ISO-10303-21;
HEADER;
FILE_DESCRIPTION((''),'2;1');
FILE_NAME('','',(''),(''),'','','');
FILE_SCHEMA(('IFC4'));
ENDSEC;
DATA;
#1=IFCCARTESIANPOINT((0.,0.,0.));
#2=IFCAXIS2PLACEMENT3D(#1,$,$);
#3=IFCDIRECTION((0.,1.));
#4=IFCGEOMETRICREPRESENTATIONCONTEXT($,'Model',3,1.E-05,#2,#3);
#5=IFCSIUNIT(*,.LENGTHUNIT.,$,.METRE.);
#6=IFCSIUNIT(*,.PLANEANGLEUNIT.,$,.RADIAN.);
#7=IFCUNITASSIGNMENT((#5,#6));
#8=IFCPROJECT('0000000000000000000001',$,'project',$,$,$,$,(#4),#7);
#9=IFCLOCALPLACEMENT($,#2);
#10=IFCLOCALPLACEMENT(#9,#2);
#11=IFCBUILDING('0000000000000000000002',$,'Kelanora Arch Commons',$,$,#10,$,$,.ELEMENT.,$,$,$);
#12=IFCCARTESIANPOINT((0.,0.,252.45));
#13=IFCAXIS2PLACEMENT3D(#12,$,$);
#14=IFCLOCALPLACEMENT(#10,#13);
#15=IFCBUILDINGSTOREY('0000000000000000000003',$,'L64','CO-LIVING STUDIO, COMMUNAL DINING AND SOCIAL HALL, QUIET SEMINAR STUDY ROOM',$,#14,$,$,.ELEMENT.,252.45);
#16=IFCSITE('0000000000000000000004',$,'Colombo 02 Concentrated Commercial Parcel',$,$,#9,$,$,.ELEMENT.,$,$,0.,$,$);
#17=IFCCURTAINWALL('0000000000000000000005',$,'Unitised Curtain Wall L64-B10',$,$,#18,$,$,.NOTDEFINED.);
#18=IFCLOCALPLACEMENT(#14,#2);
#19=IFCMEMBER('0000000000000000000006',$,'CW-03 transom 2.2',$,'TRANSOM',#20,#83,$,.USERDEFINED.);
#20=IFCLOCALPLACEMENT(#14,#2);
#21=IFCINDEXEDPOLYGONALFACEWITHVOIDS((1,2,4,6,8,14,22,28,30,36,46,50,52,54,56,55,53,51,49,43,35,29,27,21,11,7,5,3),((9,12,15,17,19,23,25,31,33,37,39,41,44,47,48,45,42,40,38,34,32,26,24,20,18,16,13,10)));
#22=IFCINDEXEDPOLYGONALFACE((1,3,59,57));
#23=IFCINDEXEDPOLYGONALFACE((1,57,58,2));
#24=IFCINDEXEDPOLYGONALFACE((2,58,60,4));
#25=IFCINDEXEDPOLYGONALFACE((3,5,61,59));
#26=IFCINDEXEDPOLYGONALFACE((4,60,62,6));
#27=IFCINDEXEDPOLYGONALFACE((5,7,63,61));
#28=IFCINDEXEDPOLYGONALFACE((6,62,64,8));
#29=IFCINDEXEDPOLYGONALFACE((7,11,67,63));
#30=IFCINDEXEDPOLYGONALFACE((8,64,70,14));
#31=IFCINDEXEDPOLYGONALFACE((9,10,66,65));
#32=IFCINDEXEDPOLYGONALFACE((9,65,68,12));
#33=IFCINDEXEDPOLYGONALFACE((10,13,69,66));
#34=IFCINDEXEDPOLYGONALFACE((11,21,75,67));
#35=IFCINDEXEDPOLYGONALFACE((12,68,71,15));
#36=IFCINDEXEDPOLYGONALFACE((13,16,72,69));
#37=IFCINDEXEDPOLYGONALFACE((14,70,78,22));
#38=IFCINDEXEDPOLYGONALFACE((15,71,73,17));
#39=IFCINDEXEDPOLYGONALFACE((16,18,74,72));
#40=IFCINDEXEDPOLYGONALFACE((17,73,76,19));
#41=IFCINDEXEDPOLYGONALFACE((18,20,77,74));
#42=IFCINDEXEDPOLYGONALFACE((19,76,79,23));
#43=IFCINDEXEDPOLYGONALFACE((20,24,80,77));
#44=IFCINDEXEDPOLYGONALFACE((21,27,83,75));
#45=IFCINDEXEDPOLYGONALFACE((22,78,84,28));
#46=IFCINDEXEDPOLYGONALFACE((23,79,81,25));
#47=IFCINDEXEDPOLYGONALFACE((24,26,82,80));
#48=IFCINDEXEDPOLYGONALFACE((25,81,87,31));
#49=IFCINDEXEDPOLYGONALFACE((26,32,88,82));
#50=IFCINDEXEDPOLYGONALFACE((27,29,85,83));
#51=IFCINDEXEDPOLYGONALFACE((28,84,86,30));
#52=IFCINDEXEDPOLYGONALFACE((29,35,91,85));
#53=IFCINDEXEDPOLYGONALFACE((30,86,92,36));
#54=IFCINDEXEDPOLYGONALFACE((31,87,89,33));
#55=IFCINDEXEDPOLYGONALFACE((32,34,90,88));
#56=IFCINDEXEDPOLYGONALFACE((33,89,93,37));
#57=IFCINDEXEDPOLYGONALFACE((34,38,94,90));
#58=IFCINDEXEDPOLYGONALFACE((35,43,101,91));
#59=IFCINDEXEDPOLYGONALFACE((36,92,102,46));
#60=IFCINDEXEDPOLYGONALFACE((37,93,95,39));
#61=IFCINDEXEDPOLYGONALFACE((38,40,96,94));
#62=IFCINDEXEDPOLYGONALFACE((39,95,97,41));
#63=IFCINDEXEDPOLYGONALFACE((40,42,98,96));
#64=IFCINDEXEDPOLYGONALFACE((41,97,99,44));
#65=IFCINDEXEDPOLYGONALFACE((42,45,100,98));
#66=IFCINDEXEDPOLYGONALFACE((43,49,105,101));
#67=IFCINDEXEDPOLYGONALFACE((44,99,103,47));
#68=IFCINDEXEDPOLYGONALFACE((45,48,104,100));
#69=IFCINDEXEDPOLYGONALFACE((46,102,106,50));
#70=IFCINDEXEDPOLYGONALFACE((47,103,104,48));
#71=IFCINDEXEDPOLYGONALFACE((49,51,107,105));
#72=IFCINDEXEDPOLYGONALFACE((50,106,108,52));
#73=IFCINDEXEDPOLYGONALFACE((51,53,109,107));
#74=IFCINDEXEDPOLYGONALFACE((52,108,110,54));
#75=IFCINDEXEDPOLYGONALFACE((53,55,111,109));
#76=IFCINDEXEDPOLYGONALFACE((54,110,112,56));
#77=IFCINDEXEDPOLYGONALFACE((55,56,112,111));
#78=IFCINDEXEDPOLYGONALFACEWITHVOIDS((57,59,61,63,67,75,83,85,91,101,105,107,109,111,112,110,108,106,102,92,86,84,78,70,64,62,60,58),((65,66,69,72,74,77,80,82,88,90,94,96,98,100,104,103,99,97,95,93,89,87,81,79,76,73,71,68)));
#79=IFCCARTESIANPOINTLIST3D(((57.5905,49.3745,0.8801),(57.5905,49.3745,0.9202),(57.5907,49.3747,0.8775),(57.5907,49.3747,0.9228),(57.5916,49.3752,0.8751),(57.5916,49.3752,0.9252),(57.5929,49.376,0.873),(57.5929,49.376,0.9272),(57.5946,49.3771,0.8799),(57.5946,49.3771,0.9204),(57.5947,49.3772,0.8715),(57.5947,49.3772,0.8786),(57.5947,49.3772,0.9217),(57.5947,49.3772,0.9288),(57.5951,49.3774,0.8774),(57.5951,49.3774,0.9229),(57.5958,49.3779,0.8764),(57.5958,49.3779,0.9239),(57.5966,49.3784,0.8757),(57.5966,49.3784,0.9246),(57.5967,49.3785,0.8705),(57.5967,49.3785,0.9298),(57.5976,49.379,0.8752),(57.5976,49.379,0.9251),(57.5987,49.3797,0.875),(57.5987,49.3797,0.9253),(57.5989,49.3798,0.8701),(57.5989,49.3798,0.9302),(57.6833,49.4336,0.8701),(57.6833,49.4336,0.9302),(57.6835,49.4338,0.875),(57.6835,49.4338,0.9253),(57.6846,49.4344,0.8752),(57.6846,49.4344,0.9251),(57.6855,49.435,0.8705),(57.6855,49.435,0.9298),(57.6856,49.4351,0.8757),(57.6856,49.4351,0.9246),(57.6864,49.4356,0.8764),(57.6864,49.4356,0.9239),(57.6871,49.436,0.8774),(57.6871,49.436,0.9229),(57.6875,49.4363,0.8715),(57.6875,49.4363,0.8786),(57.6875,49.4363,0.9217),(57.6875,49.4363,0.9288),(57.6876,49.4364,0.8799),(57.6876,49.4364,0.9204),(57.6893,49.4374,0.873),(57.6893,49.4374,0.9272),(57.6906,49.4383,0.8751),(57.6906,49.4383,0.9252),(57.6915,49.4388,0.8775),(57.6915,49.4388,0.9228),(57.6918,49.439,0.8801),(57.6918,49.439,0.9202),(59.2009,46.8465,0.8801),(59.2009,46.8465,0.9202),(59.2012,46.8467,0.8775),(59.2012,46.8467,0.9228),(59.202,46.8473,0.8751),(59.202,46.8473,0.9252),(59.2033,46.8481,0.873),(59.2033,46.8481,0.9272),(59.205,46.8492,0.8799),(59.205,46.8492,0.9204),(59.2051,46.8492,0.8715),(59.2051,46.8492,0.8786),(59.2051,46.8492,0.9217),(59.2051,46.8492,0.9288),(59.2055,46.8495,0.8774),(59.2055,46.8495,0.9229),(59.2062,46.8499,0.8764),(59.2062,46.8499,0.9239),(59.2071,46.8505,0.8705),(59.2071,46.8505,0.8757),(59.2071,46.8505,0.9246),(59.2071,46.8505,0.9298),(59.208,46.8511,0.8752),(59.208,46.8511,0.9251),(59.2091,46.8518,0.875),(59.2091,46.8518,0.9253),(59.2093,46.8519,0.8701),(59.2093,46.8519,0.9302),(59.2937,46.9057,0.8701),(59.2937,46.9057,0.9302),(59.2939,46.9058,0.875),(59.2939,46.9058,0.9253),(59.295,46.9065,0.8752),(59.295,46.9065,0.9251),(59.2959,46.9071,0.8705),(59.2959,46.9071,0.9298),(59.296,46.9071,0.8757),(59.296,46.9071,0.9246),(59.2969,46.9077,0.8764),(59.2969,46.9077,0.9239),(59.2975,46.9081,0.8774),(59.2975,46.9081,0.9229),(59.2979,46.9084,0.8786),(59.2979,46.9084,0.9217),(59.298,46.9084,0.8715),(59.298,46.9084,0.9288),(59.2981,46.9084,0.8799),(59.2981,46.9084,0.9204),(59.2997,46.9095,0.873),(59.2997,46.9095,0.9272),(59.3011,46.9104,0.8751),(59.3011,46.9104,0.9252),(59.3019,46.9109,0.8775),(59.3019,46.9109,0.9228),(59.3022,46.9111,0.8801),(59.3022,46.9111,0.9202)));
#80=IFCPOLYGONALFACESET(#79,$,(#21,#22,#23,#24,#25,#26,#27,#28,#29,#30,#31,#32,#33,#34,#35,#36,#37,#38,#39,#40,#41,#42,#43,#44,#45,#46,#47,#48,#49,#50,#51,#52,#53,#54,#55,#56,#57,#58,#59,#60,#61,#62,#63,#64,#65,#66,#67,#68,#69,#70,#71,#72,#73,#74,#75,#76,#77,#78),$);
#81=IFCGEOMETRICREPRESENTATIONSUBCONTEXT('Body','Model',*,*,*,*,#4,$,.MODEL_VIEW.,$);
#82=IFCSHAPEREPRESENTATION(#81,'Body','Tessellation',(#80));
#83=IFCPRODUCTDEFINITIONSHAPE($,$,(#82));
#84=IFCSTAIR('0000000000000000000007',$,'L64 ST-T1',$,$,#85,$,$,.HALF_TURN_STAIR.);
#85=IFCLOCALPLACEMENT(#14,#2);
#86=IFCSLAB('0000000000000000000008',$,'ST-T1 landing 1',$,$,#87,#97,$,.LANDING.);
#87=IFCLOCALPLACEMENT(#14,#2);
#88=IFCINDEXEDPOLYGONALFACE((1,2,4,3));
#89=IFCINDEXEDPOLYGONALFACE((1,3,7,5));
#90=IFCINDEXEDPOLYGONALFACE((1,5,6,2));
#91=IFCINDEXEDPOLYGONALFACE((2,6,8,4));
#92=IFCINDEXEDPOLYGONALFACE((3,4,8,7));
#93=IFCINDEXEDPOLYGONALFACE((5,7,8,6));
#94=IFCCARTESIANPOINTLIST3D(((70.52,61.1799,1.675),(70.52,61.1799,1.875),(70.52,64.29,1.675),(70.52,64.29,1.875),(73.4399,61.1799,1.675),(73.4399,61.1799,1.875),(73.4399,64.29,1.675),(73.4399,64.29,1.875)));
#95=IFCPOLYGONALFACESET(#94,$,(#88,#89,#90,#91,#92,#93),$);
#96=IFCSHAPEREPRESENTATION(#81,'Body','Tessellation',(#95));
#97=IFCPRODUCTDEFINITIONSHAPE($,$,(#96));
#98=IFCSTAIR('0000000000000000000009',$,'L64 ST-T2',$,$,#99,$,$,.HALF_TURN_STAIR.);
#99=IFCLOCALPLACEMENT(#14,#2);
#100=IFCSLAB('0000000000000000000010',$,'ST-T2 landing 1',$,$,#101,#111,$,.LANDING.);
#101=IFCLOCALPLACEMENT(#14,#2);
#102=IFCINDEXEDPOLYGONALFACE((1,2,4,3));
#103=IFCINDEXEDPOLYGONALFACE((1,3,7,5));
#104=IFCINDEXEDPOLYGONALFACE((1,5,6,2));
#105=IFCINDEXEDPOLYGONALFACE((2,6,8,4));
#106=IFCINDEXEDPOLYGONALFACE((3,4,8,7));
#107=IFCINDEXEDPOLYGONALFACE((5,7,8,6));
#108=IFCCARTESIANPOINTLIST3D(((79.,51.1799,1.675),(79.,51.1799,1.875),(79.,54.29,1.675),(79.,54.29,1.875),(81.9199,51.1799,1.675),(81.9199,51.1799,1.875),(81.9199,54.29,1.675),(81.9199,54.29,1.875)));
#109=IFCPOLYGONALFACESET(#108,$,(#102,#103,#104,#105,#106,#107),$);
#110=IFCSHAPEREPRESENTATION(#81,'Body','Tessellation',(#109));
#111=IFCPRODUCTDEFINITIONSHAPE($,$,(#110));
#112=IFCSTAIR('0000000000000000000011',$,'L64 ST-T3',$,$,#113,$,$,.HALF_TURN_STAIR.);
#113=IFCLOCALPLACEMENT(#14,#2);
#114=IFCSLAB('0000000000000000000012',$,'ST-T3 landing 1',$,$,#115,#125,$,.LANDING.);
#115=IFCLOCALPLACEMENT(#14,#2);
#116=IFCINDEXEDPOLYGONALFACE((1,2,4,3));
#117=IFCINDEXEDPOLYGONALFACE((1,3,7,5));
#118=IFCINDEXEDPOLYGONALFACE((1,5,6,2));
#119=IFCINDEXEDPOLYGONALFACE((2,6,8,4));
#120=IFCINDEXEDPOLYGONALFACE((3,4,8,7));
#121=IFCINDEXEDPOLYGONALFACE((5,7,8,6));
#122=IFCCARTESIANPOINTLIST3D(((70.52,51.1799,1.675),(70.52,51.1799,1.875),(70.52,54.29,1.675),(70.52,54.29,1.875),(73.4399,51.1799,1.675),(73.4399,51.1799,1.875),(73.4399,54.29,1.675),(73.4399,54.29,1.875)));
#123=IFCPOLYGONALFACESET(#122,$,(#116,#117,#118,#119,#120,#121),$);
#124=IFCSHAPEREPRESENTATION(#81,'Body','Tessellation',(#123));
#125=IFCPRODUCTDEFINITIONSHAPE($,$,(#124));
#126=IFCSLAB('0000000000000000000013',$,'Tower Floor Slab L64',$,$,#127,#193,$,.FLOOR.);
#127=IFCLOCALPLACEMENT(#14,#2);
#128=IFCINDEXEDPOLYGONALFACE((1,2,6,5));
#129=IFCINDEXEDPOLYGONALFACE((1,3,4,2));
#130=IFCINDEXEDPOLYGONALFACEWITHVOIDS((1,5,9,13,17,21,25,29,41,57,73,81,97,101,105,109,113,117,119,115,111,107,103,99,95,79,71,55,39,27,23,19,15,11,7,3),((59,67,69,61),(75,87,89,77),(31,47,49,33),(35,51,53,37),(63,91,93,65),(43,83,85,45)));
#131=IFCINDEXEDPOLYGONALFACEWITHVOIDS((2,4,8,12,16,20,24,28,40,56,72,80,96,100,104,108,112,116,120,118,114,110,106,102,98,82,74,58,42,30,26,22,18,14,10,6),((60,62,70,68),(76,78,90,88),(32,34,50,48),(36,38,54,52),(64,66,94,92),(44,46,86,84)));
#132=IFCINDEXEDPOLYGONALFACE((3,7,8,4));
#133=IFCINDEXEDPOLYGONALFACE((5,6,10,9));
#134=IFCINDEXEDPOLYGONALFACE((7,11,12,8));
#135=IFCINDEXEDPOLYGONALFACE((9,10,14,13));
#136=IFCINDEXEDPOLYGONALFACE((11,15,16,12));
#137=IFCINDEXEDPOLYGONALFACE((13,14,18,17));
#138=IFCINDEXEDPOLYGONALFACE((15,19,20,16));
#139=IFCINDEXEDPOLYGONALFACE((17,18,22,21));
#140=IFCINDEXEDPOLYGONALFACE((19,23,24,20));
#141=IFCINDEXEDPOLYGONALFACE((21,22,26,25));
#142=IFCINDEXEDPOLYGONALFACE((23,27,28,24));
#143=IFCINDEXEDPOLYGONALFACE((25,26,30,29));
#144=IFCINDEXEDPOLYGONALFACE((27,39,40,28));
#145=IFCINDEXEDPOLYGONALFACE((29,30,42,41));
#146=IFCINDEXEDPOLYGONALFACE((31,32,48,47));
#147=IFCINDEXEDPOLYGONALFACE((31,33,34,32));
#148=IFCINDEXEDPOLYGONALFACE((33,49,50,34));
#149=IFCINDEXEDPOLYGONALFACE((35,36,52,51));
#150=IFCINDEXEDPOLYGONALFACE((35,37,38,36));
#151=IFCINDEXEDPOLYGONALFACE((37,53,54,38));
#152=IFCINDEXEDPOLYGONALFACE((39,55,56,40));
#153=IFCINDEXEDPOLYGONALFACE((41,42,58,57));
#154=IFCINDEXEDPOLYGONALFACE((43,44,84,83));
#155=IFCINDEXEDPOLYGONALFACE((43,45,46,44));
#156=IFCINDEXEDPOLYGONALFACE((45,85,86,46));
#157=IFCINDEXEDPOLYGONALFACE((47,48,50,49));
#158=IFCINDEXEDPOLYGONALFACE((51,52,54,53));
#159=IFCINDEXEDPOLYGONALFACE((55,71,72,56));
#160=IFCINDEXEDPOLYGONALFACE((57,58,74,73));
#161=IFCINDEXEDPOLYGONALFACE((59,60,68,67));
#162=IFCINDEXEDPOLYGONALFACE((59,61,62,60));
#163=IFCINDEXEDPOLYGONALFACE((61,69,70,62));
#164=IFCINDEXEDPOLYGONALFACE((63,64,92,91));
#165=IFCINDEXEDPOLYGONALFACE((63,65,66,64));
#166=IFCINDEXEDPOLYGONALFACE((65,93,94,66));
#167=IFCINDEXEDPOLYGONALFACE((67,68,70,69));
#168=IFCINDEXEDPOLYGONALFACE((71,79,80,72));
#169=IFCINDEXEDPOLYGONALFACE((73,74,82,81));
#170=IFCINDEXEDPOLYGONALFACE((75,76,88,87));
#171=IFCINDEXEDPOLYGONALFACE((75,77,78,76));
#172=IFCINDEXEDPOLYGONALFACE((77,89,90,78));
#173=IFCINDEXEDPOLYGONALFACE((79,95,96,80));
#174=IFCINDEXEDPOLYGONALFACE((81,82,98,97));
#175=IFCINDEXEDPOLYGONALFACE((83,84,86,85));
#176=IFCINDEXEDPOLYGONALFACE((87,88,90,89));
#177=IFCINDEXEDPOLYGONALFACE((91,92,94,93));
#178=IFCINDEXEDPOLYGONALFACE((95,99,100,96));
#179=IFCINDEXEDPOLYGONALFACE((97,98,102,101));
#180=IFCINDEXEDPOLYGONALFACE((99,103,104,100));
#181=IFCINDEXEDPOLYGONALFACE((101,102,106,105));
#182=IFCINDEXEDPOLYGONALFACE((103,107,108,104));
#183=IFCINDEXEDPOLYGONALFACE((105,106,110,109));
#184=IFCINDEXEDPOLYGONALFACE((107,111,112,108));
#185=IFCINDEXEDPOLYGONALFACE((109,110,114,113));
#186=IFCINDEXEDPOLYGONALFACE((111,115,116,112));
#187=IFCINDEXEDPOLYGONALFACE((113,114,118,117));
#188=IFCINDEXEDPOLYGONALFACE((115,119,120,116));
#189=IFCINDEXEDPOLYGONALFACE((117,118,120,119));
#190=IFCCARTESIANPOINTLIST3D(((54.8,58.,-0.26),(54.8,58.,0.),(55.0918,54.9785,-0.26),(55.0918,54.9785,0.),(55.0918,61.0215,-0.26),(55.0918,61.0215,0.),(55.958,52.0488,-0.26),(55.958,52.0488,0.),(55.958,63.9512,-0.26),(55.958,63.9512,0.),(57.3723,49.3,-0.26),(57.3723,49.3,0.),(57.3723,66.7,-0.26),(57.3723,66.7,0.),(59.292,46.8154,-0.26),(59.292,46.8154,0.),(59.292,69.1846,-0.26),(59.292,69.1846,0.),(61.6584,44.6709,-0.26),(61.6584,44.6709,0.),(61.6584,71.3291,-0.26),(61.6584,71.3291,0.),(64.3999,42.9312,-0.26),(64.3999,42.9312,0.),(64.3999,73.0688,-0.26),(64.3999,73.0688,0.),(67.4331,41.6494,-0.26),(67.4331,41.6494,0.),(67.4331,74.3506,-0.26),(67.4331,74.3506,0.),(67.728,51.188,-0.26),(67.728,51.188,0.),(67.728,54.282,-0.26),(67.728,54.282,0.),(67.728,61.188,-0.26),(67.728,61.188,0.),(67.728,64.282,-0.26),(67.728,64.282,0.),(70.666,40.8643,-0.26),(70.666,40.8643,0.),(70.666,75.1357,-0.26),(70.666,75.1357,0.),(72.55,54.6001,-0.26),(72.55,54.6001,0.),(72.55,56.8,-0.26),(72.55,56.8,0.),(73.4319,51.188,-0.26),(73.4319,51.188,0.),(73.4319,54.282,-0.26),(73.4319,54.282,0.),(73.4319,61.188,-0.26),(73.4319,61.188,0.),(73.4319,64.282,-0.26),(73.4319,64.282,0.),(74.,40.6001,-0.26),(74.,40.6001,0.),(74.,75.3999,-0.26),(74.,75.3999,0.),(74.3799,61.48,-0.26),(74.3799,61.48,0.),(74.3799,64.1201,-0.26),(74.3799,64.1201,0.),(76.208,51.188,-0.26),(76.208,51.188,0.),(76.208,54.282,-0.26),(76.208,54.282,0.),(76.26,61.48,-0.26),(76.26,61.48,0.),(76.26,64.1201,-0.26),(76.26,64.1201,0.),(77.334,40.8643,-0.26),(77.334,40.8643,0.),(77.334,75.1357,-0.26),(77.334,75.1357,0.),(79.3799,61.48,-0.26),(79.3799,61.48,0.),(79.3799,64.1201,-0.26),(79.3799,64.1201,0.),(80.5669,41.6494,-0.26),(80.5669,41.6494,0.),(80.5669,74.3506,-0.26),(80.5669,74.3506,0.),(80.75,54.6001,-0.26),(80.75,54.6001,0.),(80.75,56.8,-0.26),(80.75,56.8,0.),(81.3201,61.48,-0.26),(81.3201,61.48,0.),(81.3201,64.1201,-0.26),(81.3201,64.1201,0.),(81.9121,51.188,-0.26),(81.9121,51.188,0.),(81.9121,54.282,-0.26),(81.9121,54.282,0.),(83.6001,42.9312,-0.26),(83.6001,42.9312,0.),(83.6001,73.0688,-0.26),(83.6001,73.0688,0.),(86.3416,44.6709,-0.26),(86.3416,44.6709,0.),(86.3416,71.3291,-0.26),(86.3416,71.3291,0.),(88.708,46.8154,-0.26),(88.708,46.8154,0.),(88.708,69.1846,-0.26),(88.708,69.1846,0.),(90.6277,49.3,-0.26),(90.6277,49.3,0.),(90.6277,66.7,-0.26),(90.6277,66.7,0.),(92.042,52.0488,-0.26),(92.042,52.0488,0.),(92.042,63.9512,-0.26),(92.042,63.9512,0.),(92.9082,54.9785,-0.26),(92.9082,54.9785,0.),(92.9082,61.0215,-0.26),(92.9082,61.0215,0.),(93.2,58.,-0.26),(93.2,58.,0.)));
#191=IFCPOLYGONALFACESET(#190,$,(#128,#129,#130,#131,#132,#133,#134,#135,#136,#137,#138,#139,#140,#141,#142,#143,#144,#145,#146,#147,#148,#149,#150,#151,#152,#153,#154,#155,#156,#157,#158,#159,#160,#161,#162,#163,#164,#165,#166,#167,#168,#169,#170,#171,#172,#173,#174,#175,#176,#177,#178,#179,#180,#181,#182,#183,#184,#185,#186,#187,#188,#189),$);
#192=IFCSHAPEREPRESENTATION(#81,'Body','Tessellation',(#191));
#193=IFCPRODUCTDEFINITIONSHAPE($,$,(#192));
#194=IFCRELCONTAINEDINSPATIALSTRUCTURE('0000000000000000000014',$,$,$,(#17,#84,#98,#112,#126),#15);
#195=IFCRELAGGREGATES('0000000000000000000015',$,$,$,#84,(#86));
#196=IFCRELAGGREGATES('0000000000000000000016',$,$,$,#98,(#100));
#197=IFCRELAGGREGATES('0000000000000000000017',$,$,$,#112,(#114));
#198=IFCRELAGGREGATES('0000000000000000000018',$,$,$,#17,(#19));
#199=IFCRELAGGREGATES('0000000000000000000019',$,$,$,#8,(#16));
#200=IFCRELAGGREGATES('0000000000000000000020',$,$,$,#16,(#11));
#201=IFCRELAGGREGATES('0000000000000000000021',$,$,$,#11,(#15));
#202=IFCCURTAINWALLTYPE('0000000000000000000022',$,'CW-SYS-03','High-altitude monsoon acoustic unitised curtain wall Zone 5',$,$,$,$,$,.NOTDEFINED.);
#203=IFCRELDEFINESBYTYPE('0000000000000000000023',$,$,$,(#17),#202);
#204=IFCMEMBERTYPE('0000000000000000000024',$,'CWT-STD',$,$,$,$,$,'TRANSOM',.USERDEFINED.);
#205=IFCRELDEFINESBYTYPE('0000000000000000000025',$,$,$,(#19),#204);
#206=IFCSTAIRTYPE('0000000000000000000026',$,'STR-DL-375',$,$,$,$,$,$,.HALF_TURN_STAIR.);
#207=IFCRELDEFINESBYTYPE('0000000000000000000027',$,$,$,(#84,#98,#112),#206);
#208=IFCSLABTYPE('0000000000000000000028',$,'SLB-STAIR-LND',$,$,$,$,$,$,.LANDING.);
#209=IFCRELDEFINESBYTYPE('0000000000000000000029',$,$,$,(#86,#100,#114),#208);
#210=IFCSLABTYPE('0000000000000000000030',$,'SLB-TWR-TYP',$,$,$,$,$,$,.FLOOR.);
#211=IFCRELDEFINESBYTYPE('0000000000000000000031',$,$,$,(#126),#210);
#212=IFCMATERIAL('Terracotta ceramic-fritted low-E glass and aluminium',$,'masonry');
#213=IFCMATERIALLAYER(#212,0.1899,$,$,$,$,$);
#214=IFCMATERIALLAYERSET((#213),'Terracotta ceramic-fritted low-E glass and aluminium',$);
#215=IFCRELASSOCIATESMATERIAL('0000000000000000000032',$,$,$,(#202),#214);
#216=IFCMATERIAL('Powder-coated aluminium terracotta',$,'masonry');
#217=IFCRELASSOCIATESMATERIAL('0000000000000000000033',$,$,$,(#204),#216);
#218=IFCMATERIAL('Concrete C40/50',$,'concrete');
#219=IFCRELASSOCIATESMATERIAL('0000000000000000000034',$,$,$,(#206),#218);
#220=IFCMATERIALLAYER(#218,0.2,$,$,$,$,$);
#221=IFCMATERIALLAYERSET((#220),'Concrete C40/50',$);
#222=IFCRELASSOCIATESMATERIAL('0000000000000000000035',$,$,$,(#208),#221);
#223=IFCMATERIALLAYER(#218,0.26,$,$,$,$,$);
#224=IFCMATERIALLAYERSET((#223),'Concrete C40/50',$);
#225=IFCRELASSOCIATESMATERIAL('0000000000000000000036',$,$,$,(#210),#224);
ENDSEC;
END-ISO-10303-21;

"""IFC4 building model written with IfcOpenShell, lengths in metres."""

from ifc_helpers import new_model, si_unit, direction, frame, origin, origin_2d, place, context, subcontext, project, spatial, polyline, hollow_rectangle, outline, extrude, material, layer, layer_set, material_profile, profile_set, type_object, element, aggregate, save


model = new_model("IFC4")

# Units and contexts
model_context = context("Model", 3, precision=1e-05, world=origin(), true_north=direction((0.0, 1.0)))
body_context = subcontext(model_context, "Body", "Model", "MODEL_VIEW")
ifc_project = project(units=[si_unit("LENGTHUNIT", "METRE"), si_unit("PLANEANGLEUNIT", "RADIAN")], contexts=[model_context])

# Site, building, storey
site_placement = place(None, origin())
site = spatial("IfcSite", under=ifc_project, at=site_placement, Name="Colombo 02 Concentrated Commercial Parcel", CompositionType="ELEMENT", RefElevation=0.0)
building_placement = place(site_placement, origin())
building = spatial("IfcBuilding", under=site, at=building_placement, Name="Kelanora Arch Commons", CompositionType="ELEMENT")
storey_placement = place(building_placement, frame((0.0, 0.0, 252.45)))
storey = spatial("IfcBuildingStorey", under=building, at=storey_placement, Name="L64", Description="CO-LIVING STUDIO, COMMUNAL DINING AND SOCIAL HALL, QUIET SEMINAR STUDY ROOM", CompositionType="ELEMENT", Elevation=252.45)

# Curtain wall, member
ifc_material_1 = material(Name="Terracotta ceramic-fritted low-E glass and aluminium", Category="masonry")
ifc_layer_1 = layer(ifc_material_1, 0.1899)
ifc_layer_set_1 = layer_set([ifc_layer_1], Name="Terracotta ceramic-fritted low-E glass and aluminium")
curtain_wall_type = type_object("IfcCurtainWallType", Name="CW-SYS-03", Description="High-altitude monsoon acoustic unitised curtain wall Zone 5", PredefinedType="NOTDEFINED", material=ifc_layer_set_1)
curtain_wall_placement = place(storey_placement, origin())
curtain_wall = element("IfcCurtainWall", 1, at=curtain_wall_placement, inside=storey, type_object=curtain_wall_type, Name="Unitised Curtain Wall L64-B10", PredefinedType="NOTDEFINED")
ifc_material_2 = material(Name="Powder-coated aluminium terracotta", Category="masonry")
ifc_material_profile_1 = material_profile(ifc_material_2, hollow_rectangle(XDim=0.1201, YDim=0.0601, WallThickness=0.0049, InnerFilletRadius=0.0049, OuterFilletRadius=0.01, at=origin_2d()), Name="CWT120x60")
ifc_profile_set_1 = profile_set([ifc_material_profile_1], Name="Powder-coated aluminium terracotta")
member_type_1 = type_object("IfcMemberType", Name="CWT-STD", ElementType="TRANSOM", PredefinedType="USERDEFINED", material=ifc_profile_set_1)
member_1_placement = place(storey_placement, frame((57.6411, 49.4067, 0.9001), z_axis=(0.537287, -0.8434, 0.0), x_axis=(0.8434, 0.537287, 0.0)))
member_1 = element("IfcMember", 2, at=member_1_placement, type_object=member_type_1, Name="CW-03 transom 2.2", ObjectType="TRANSOM", PredefinedType="USERDEFINED", context=body_context, shape_type="SweptSolid", body=[
    extrude(hollow_rectangle(XDim=0.1201, YDim=0.0601, WallThickness=0.0049, InnerFilletRadius=0.0049, OuterFilletRadius=0.01, at=origin_2d()), origin(), (0.0, 0.0, 1.0), 2.9973),
])

# Stairs, slabs
ifc_material_3 = material(Name="Concrete C40/50", Category="concrete")
stair_type = type_object("IfcStairType", Name="STR-DL-375", PredefinedType="HALF_TURN_STAIR", material=ifc_material_3)
stair_1_placement = place(storey_placement, origin())
stair_1 = element("IfcStair", 3, at=stair_1_placement, inside=storey, type_object=stair_type, Name="L64 ST-T1", PredefinedType="HALF_TURN_STAIR")
ifc_layer_2 = layer(ifc_material_3, 0.2)
ifc_layer_set_2 = layer_set([ifc_layer_2], Name="Concrete C40/50")
slab_type_1 = type_object("IfcSlabType", Name="SLB-STAIR-LND", PredefinedType="LANDING", material=ifc_layer_set_2)
slab_1_placement = place(storey_placement, frame((0.0, 0.0, 1.675)))
slab_1 = element("IfcSlab", 4, at=slab_1_placement, type_object=slab_type_1, Name="ST-T1 landing 1", PredefinedType="LANDING", context=body_context, shape_type="SweptSolid", body=[
    extrude(outline(polyline([(70.52, 61.1799), (73.4399, 61.1799), (73.4399, 64.29), (70.52, 64.29), (70.52, 61.1799)])), origin(), (0.0, 0.0, 1.0), 0.2),
])
aggregate(stair_1, [slab_1])
stair_2_placement = place(storey_placement, origin())
stair_2 = element("IfcStair", 5, at=stair_2_placement, inside=storey, type_object=stair_type, Name="L64 ST-T2", PredefinedType="HALF_TURN_STAIR")
slab_2_placement = place(storey_placement, frame((0.0, 0.0, 1.675)))
slab_2 = element("IfcSlab", 6, at=slab_2_placement, type_object=slab_type_1, Name="ST-T2 landing 1", PredefinedType="LANDING", context=body_context, shape_type="SweptSolid", body=[
    extrude(outline(polyline([(79.0, 51.1799), (81.9199, 51.1799), (81.9199, 54.29), (79.0, 54.29), (79.0, 51.1799)])), origin(), (0.0, 0.0, 1.0), 0.2),
])
aggregate(stair_2, [slab_2])
stair_3_placement = place(storey_placement, origin())
stair_3 = element("IfcStair", 7, at=stair_3_placement, inside=storey, type_object=stair_type, Name="L64 ST-T3", PredefinedType="HALF_TURN_STAIR")
slab_3_placement = place(storey_placement, frame((0.0, 0.0, 1.675)))
slab_3 = element("IfcSlab", 8, at=slab_3_placement, type_object=slab_type_1, Name="ST-T3 landing 1", PredefinedType="LANDING", context=body_context, shape_type="SweptSolid", body=[
    extrude(outline(polyline([(70.52, 51.1799), (73.4399, 51.1799), (73.4399, 54.29), (70.52, 54.29), (70.52, 51.1799)])), origin(), (0.0, 0.0, 1.0), 0.2),
])
aggregate(stair_3, [slab_3])

# Slab
ifc_layer_3 = layer(ifc_material_3, 0.26)
ifc_layer_set_3 = layer_set([ifc_layer_3], Name="Concrete C40/50")
slab_type_2 = type_object("IfcSlabType", Name="SLB-TWR-TYP", PredefinedType="FLOOR", material=ifc_layer_set_3)
slab_4_placement = place(storey_placement, frame((0.0, 0.0, -0.26)))
element("IfcSlab", 9, at=slab_4_placement, inside=storey, type_object=slab_type_2, Name="Tower Floor Slab L64", PredefinedType="FLOOR", context=body_context, shape_type="SweptSolid", body=[
    extrude(outline(polyline([(93.2, 58.0), (92.9082, 61.0215), (92.042, 63.9512), (90.6277, 66.7), (88.708, 69.1846), (86.3416, 71.3291), (83.6001, 73.0688), (80.5669, 74.3506), (77.334, 75.1357), (74.0, 75.3999), (70.666, 75.1357), (67.4331, 74.3506), (64.3999, 73.0688), (61.6584, 71.3291), (59.292, 69.1846), (57.3723, 66.7), (55.958, 63.9512), (55.0918, 61.0215), (54.8, 58.0), (55.0918, 54.9785), (55.958, 52.0488), (57.3723, 49.3), (59.292, 46.8154), (61.6584, 44.6709), (64.3999, 42.9312), (67.4331, 41.6494), (70.666, 40.8643), (74.0, 40.6001), (77.334, 40.8643), (80.5669, 41.6494), (83.6001, 42.9312), (86.3416, 44.6709), (88.708, 46.8154), (90.6277, 49.3), (92.042, 52.0488), (92.9082, 54.9785), (93.2, 58.0)]), holes=[polyline([(73.4319, 51.188), (67.728, 51.188), (67.728, 54.282), (73.4319, 54.282), (73.4319, 51.188)]), polyline([(76.208, 51.188), (76.208, 54.282), (81.9121, 54.282), (81.9121, 51.188), (76.208, 51.188)]), polyline([(72.55, 54.6001), (72.55, 56.8), (80.75, 56.8), (80.75, 54.6001), (72.55, 54.6001)]), polyline([(73.4319, 61.188), (67.728, 61.188), (67.728, 64.282), (73.4319, 64.282), (73.4319, 61.188)]), polyline([(74.3799, 61.48), (74.3799, 64.1201), (76.26, 64.1201), (76.26, 61.48), (74.3799, 61.48)]), polyline([(79.3799, 61.48), (79.3799, 64.1201), (81.3201, 64.1201), (81.3201, 61.48), (79.3799, 61.48)])]), origin(), (0.0, 0.0, 1.0), 0.26),
])

aggregate(curtain_wall, [member_1])

save(model, "model.ifc")
